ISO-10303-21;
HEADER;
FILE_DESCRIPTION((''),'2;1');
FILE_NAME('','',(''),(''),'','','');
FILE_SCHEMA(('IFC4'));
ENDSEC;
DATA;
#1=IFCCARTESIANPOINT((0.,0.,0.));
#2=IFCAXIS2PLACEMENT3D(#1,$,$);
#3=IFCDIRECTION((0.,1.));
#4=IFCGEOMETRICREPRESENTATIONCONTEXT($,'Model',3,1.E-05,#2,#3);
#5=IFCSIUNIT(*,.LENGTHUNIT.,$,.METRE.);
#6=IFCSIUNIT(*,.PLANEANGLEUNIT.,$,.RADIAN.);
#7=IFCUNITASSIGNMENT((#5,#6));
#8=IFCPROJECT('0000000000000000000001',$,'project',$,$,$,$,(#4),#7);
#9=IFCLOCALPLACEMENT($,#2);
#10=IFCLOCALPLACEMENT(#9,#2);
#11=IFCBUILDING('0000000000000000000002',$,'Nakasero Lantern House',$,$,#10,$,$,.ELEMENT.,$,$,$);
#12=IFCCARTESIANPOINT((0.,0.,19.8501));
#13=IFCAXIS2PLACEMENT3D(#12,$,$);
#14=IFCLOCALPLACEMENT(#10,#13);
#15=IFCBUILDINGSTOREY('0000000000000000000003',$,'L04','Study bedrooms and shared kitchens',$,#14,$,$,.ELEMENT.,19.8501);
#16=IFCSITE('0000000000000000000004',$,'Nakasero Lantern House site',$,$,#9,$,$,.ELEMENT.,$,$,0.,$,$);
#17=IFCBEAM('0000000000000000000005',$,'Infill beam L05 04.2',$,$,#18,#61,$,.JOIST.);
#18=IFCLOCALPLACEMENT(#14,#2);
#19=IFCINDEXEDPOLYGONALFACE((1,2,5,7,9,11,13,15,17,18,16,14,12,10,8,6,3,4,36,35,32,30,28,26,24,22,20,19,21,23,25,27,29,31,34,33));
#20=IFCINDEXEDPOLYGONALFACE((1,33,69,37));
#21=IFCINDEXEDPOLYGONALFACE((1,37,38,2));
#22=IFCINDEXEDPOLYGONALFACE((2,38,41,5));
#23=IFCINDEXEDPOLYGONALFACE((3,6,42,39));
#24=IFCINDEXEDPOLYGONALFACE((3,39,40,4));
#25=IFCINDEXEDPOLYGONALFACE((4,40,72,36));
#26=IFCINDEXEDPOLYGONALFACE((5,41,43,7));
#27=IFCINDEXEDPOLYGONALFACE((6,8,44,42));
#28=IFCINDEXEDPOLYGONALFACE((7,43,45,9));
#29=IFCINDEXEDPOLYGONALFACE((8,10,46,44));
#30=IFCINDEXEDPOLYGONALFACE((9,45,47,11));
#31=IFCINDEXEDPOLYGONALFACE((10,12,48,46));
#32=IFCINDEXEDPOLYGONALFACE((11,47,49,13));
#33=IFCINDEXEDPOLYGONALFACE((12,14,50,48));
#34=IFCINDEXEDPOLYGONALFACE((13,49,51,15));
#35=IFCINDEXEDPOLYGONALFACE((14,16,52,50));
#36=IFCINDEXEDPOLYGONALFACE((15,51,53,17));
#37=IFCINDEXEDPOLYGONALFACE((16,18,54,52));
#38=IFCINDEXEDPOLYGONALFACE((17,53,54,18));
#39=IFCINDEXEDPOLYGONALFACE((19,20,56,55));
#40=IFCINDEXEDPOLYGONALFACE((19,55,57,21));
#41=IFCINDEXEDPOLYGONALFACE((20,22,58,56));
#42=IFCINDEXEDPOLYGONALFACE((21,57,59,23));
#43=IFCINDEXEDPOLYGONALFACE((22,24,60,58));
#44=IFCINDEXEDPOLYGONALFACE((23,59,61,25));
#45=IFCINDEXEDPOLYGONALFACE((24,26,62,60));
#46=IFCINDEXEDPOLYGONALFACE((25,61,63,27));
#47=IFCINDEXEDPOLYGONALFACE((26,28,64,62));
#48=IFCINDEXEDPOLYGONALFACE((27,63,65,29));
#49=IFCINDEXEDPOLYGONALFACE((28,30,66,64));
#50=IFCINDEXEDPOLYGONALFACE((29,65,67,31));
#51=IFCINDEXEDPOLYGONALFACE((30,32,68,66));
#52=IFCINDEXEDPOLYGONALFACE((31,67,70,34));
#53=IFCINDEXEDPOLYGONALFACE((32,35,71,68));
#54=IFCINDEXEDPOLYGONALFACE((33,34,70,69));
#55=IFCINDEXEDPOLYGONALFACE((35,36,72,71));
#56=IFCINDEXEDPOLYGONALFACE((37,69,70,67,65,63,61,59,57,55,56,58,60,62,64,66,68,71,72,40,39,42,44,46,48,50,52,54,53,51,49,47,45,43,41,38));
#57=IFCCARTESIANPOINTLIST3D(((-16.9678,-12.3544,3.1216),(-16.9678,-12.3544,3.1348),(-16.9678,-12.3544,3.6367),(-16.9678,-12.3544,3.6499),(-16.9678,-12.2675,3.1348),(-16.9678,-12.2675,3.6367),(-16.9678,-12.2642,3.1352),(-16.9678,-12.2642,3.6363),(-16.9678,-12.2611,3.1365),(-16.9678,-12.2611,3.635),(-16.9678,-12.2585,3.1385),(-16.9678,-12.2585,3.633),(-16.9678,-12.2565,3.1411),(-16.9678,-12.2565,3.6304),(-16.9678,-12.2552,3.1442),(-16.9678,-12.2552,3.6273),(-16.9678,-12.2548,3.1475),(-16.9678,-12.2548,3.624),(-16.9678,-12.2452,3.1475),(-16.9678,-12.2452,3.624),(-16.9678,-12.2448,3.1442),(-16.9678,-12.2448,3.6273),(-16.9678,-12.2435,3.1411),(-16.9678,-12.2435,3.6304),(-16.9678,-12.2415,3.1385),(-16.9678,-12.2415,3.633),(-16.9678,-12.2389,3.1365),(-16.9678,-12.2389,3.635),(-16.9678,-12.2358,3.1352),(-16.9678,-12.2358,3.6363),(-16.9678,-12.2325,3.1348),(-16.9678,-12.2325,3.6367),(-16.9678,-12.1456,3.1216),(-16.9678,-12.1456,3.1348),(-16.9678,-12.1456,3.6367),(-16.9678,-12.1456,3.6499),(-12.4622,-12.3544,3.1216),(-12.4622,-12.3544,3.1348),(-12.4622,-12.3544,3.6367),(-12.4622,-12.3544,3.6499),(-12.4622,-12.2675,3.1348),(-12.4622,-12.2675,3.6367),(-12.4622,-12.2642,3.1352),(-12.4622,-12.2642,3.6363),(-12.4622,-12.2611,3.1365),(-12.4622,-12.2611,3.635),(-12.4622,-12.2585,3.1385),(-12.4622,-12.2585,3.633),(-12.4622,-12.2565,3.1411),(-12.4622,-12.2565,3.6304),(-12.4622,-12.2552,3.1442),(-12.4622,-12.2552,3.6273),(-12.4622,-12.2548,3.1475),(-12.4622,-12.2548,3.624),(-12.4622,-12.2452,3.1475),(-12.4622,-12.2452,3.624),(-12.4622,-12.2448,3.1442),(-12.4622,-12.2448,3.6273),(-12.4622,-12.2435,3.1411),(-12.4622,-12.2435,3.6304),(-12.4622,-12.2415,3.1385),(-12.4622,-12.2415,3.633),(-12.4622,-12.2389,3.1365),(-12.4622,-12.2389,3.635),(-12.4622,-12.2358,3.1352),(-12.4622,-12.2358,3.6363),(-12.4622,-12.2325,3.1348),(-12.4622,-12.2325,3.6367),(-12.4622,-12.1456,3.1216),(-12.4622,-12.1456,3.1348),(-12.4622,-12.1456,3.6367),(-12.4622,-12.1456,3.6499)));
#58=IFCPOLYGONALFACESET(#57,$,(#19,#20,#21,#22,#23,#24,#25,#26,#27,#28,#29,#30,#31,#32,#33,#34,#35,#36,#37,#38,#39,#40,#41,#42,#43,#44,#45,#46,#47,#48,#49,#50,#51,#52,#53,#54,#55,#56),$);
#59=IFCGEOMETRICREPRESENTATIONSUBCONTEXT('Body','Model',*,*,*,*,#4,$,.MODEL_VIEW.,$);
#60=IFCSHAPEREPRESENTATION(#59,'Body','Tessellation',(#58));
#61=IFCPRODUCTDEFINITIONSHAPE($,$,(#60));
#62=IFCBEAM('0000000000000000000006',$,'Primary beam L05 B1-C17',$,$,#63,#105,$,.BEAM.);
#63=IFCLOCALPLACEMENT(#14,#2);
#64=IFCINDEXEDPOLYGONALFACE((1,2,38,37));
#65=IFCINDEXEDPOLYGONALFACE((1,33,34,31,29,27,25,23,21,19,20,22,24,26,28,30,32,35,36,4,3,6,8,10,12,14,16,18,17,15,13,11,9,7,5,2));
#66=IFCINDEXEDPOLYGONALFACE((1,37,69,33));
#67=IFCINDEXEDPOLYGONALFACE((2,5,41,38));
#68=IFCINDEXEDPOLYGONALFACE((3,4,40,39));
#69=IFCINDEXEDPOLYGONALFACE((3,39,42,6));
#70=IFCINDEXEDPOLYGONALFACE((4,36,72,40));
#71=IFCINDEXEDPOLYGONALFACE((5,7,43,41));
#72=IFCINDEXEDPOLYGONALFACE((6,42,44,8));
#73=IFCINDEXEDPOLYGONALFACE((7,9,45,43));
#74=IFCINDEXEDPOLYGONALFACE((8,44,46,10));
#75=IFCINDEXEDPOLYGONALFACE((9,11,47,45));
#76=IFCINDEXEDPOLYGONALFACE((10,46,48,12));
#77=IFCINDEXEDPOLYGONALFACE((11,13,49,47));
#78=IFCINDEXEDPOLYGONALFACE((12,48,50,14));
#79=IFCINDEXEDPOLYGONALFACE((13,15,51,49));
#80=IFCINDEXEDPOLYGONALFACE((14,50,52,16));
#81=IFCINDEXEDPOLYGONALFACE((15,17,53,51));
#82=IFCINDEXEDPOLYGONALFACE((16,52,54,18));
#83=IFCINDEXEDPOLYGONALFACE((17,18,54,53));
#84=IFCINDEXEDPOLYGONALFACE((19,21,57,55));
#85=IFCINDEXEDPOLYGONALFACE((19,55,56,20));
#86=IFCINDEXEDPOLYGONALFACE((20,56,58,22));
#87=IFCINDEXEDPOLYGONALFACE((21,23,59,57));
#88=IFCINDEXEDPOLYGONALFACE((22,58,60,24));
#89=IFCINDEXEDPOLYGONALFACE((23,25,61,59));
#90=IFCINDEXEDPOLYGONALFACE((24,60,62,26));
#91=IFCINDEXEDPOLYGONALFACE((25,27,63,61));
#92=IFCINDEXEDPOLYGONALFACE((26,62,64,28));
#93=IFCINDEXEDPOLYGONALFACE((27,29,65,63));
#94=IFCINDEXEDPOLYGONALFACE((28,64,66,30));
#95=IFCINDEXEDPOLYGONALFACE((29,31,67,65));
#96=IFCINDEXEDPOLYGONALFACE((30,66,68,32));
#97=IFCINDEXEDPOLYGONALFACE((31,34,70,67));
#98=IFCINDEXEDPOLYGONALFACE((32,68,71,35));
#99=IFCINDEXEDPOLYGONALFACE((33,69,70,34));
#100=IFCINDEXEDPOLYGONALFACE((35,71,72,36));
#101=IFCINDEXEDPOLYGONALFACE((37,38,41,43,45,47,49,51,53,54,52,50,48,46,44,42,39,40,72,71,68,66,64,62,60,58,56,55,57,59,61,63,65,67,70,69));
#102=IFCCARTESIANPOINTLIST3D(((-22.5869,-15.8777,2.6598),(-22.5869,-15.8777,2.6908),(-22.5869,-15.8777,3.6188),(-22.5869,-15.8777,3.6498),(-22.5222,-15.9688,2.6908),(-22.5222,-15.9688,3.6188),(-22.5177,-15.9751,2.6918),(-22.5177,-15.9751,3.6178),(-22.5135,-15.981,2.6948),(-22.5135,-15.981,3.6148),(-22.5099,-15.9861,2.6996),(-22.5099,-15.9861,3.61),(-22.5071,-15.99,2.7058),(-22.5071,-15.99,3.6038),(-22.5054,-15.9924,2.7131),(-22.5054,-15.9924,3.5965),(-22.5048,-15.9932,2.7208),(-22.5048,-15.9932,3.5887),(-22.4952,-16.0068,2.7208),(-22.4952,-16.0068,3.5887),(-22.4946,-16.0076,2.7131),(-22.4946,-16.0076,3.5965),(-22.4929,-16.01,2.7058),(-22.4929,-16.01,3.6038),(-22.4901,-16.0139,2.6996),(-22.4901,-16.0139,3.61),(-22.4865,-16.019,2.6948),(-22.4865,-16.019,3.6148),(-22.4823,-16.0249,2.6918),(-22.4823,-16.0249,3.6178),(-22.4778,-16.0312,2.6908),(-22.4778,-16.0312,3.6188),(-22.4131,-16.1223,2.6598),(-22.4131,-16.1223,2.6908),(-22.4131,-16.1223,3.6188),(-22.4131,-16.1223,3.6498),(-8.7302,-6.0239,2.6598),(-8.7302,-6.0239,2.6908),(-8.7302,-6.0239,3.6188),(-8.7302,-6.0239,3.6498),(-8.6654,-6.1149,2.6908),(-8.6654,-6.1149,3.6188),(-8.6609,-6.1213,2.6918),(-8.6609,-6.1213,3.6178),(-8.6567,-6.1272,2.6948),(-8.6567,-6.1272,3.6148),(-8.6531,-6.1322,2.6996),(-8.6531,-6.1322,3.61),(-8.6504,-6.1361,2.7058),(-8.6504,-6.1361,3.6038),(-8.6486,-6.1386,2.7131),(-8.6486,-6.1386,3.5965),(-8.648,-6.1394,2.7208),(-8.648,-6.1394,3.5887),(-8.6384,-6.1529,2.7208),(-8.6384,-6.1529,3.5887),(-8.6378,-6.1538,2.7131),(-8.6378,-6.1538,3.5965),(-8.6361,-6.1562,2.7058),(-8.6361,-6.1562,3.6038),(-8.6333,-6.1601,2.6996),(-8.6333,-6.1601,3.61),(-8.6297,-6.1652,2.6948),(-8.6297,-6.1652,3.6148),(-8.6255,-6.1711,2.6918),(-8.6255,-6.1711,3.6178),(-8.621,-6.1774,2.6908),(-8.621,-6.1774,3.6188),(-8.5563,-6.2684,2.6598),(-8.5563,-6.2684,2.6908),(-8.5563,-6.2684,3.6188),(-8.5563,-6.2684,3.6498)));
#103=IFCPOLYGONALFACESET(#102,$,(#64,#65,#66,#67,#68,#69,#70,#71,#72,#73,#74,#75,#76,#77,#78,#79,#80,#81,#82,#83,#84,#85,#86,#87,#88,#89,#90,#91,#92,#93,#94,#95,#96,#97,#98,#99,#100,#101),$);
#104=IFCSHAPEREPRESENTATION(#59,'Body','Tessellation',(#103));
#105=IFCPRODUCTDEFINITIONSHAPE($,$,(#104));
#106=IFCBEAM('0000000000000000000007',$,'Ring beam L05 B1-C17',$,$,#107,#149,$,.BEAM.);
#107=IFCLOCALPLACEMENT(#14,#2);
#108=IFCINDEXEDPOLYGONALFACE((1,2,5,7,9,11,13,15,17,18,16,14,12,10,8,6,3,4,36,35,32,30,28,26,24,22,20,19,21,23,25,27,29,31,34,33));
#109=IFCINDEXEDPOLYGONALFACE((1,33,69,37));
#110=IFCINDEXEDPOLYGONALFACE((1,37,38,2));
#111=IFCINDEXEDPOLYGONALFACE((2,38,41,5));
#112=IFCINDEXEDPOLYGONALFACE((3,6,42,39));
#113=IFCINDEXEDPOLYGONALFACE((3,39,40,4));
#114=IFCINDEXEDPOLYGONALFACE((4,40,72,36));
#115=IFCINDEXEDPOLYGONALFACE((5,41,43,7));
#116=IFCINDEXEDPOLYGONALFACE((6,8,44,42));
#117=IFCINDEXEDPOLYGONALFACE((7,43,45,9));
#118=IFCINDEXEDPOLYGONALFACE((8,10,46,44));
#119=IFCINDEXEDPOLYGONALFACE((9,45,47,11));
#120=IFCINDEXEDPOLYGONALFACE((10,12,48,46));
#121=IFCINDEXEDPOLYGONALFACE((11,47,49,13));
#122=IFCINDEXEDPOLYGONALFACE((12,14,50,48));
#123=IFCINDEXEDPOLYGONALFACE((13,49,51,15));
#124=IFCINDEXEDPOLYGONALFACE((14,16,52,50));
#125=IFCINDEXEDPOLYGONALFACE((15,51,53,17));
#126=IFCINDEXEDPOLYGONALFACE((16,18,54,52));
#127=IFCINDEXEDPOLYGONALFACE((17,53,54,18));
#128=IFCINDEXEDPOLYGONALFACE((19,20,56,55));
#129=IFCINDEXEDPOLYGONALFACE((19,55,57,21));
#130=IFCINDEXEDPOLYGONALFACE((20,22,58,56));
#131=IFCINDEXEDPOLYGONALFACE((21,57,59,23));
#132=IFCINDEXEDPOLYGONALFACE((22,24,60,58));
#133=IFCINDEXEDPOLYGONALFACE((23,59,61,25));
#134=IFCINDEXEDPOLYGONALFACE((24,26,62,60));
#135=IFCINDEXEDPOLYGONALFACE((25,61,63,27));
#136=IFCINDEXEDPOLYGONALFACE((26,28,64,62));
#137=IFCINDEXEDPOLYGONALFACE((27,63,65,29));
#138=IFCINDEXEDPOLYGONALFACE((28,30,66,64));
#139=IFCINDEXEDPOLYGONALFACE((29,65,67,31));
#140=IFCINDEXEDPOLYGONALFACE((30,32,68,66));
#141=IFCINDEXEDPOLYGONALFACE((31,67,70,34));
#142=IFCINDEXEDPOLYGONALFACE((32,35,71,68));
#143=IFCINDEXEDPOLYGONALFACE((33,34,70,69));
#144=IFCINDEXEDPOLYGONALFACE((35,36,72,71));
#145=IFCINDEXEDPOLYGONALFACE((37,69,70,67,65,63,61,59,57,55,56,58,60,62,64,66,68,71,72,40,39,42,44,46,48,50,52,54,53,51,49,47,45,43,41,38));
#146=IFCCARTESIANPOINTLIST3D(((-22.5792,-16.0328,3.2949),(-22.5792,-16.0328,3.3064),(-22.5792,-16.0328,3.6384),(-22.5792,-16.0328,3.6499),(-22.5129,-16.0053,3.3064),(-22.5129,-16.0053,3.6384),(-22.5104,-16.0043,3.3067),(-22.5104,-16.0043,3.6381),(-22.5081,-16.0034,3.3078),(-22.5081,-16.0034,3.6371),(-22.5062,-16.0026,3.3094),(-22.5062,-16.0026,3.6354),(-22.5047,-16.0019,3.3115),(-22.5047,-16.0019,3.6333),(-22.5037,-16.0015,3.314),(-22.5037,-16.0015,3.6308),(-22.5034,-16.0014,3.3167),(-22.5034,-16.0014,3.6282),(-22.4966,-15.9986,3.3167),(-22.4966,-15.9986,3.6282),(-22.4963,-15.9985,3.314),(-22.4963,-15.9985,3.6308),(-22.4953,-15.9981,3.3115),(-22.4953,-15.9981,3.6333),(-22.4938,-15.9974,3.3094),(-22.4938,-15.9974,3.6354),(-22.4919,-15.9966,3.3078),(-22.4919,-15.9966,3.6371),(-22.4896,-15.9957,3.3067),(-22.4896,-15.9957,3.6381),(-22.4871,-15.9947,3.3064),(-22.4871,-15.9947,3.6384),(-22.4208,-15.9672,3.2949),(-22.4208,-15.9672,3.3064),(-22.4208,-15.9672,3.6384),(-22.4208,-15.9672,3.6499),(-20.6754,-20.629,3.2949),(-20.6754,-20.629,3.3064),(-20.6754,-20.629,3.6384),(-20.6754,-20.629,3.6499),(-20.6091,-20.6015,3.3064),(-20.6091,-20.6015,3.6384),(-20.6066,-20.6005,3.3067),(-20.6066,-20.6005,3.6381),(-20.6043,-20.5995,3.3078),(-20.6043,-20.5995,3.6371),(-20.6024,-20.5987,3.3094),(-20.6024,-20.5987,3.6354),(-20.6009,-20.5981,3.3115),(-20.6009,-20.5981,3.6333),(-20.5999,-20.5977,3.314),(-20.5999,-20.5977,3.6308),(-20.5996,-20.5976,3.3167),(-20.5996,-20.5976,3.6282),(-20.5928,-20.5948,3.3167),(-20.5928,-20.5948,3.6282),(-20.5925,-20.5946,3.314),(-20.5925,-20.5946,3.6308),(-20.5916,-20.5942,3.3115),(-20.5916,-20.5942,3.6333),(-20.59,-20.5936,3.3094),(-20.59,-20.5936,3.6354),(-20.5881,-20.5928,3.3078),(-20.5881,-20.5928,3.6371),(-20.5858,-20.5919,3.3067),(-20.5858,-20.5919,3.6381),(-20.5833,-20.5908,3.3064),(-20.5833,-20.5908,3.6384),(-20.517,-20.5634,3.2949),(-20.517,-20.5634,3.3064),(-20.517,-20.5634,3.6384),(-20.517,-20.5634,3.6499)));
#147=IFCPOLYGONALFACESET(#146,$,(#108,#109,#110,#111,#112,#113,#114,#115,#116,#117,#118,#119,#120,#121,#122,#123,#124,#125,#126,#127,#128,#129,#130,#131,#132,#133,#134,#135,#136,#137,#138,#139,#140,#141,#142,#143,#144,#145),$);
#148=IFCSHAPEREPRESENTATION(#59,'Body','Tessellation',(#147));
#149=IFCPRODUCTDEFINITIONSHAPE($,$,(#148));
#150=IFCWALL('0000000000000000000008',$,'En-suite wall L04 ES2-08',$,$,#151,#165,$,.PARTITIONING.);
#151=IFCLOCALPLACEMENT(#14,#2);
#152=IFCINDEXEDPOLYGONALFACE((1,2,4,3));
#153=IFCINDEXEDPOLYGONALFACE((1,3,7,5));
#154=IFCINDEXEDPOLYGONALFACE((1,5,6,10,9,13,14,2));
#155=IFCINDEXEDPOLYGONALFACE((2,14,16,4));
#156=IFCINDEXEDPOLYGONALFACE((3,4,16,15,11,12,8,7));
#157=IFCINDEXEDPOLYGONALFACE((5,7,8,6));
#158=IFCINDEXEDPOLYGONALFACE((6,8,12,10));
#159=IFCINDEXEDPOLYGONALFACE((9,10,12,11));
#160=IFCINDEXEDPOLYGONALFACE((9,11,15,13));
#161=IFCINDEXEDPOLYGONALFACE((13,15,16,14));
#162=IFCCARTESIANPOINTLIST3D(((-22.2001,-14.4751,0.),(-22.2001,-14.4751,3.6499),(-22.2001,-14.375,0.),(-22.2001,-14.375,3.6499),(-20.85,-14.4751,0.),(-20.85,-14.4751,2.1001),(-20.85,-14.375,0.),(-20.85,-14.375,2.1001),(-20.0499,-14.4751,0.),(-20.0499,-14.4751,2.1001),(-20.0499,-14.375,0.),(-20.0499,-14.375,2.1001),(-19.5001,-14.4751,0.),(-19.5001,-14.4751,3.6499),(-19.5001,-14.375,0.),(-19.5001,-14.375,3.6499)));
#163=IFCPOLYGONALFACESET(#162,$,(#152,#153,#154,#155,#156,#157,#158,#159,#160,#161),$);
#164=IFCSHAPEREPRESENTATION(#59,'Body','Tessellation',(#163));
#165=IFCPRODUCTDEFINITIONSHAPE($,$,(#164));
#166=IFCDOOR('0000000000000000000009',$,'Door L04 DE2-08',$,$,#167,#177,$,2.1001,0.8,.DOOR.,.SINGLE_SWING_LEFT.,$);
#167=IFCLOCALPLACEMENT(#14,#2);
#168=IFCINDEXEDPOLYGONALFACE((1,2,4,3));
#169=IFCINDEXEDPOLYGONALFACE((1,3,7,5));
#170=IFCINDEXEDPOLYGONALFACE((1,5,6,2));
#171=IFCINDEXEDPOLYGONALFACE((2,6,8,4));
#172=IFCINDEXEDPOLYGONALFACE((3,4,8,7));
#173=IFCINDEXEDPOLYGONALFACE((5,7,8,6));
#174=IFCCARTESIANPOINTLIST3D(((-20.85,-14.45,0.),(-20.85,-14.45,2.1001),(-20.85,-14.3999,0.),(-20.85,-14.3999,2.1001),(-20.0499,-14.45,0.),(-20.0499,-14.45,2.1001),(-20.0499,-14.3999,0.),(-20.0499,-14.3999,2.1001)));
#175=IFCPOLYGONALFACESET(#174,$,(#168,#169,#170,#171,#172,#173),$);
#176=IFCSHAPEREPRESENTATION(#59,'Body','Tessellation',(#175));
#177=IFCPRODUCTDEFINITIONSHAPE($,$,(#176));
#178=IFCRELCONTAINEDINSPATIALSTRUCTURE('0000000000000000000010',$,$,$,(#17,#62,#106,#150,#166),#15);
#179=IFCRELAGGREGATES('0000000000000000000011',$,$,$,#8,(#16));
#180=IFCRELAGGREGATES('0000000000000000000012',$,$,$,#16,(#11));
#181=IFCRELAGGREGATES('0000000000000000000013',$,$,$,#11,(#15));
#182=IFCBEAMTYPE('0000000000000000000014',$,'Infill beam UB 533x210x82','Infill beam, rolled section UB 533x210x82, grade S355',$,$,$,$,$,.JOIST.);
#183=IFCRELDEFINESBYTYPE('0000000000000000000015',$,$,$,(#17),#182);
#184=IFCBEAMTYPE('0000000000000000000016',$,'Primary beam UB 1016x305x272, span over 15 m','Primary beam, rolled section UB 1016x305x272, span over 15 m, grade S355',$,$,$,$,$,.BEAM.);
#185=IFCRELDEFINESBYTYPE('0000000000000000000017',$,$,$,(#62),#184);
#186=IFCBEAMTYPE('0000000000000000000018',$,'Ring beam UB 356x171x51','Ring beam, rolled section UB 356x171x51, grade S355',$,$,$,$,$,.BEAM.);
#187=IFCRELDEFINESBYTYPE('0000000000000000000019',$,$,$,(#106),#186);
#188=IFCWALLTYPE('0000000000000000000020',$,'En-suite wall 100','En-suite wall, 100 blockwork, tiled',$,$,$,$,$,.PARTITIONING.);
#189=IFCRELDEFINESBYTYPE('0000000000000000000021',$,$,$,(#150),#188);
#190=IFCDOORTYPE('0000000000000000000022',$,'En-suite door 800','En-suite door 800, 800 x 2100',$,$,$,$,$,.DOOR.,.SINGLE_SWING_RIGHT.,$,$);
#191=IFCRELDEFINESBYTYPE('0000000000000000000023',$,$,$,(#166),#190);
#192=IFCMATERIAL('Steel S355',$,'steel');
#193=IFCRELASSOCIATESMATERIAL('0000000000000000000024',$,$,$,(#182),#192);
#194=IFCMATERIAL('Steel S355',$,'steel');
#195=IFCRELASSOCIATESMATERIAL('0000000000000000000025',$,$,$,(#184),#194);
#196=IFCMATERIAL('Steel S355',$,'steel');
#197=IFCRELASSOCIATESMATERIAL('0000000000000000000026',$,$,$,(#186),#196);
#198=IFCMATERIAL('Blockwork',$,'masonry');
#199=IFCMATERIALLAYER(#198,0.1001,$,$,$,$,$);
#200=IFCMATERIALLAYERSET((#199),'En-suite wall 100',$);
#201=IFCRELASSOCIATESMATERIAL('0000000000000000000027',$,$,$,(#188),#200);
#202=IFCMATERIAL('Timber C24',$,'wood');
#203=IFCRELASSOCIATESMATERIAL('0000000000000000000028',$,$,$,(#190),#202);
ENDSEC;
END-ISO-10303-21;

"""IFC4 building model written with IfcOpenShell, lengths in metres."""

from ifc_helpers import new_model, si_unit, direction, frame, frame_2d, origin, origin_2d, place, context, subcontext, project, spatial, rectangle, i_section, extrude, material, layer, layer_set, material_profile, profile_set, type_object, element, fill, save


model = new_model("IFC4")

# Units and contexts
model_context = context("Model", 3, precision=1e-05, world=origin(), true_north=direction((0.0, 1.0)))
body_context = subcontext(model_context, "Body", "Model", "MODEL_VIEW")
ifc_project = project(units=[si_unit("LENGTHUNIT", "METRE"), si_unit("PLANEANGLEUNIT", "RADIAN")], contexts=[model_context])

# Site, building, storey
site_placement = place(None, origin())
site = spatial("IfcSite", under=ifc_project, at=site_placement, Name="Nakasero Lantern House site", CompositionType="ELEMENT", RefElevation=0.0)
building_placement = place(site_placement, origin())
building = spatial("IfcBuilding", under=site, at=building_placement, Name="Nakasero Lantern House", CompositionType="ELEMENT")
storey_placement = place(building_placement, frame((0.0, 0.0, 19.8501)))
storey = spatial("IfcBuildingStorey", under=building, at=storey_placement, Name="L04", Description="Study bedrooms and shared kitchens", CompositionType="ELEMENT", Elevation=19.8501)

# Beams
ifc_material_1 = material(Name="Steel S355", Category="steel")
ifc_material_profile_1 = material_profile(ifc_material_1, i_section(OverallWidth=0.2087, OverallDepth=0.5283, WebThickness=0.0095, FlangeThickness=0.0132, FilletRadius=0.0127, at=origin_2d()), Name="UB 533x210x82")
ifc_profile_set_1 = profile_set([ifc_material_profile_1], Name="Steel S355")
beam_type_1 = type_object("IfcBeamType", Name="Infill beam UB 533x210x82", Description="Infill beam, rolled section UB 533x210x82, grade S355", PredefinedType="JOIST", material=ifc_profile_set_1)
beam_1_placement = place(storey_placement, frame((-16.9678, -12.25, 3.3857), z_axis=(1.0, 0.0, 0.0), x_axis=(0.0, 1.0, 0.0)))
element("IfcBeam", 1, at=beam_1_placement, inside=storey, type_object=beam_type_1, Name="Infill beam L05 04.2", PredefinedType="JOIST", context=body_context, shape_type="SweptSolid", body=[
    extrude(i_section(OverallWidth=0.2087, OverallDepth=0.5283, WebThickness=0.0095, FlangeThickness=0.0132, FilletRadius=0.0127, at=origin_2d()), origin(), (0.0, 0.0, 1.0), 4.5056),
])
ifc_material_2 = material(Name="Steel S355", Category="steel")
ifc_material_profile_2 = material_profile(ifc_material_2, i_section(OverallWidth=0.3, OverallDepth=0.99, WebThickness=0.0166, FlangeThickness=0.031, FilletRadius=0.03, at=origin_2d()), Name="UB 1016x305x272")
ifc_profile_set_2 = profile_set([ifc_material_profile_2], Name="Steel S355")
beam_type_2 = type_object("IfcBeamType", Name="Primary beam UB 1016x305x272, span over 15 m", Description="Primary beam, rolled section UB 1016x305x272, span over 15 m, grade S355", PredefinedType="BEAM", material=ifc_profile_set_2)
beam_2_placement = place(storey_placement, frame((-22.5, -16.0, 3.1548), z_axis=(0.814952, 0.579528, 0.0), x_axis=(-0.579528, 0.814952, 0.0)))
element("IfcBeam", 2, at=beam_2_placement, inside=storey, type_object=beam_type_2, Name="Primary beam L05 B1-C17", PredefinedType="BEAM", context=body_context, shape_type="SweptSolid", body=[
    extrude(i_section(OverallWidth=0.3, OverallDepth=0.99, WebThickness=0.0166, FlangeThickness=0.031, FilletRadius=0.03, at=origin_2d()), origin(), (0.0, 0.0, 1.0), 17.0032),
])
ifc_material_3 = material(Name="Steel S355", Category="steel")
ifc_material_profile_3 = material_profile(ifc_material_3, i_section(OverallWidth=0.1714, OverallDepth=0.355, WebThickness=0.0073, FlangeThickness=0.0115, FilletRadius=0.0103, at=origin_2d()), Name="UB 356x171x51")
ifc_profile_set_3 = profile_set([ifc_material_profile_3], Name="Steel S355")
beam_type_3 = type_object("IfcBeamType", Name="Ring beam UB 356x171x51", Description="Ring beam, rolled section UB 356x171x51, grade S355", PredefinedType="BEAM", material=ifc_profile_set_3)
beam_3_placement = place(storey_placement, frame((-22.5, -16.0, 3.4724), z_axis=(0.382684, -0.923879, 0.0), x_axis=(0.923879, 0.382684, 0.0)))
element("IfcBeam", 3, at=beam_3_placement, inside=storey, type_object=beam_type_3, Name="Ring beam L05 B1-C17", PredefinedType="BEAM", context=body_context, shape_type="SweptSolid", body=[
    extrude(i_section(OverallWidth=0.1714, OverallDepth=0.355, WebThickness=0.0073, FlangeThickness=0.0115, FilletRadius=0.0103, at=origin_2d()), origin(), (0.0, 0.0, 1.0), 4.9749),
])

# Wall, opening, door
ifc_material_4 = material(Name="Blockwork", Category="masonry")
ifc_layer_1 = layer(ifc_material_4, 0.1001)
ifc_layer_set_1 = layer_set([ifc_layer_1], Name="En-suite wall 100")
wall_type_1 = type_object("IfcWallType", Name="En-suite wall 100", Description="En-suite wall, 100 blockwork, tiled", PredefinedType="PARTITIONING", material=ifc_layer_set_1)
wall_1_placement = place(storey_placement, frame((-19.5, -14.425, 0.0), z_axis=(0.0, 0.0, 1.0), x_axis=(-1.0, 0.0, 0.0)))
wall_1 = element("IfcWall", 4, at=wall_1_placement, inside=storey, type_object=wall_type_1, Name="En-suite wall L04 ES2-08", PredefinedType="PARTITIONING", context=body_context, shape_type="SweptSolid", body=[
    extrude(rectangle(XDim=2.7, YDim=0.1001, at=frame_2d((1.3501, 0.0))), origin(), (0.0, 0.0, 1.0), 3.6499),
])
opening_1_placement = place(wall_1_placement, frame((0.55, 0.0, 0.0)))
opening_1 = element("IfcOpeningElement", 5, at=opening_1_placement, cuts=wall_1, PredefinedType="OPENING", context=body_context, shape_type="SweptSolid", body=[
    extrude(rectangle(XDim=0.8, YDim=2.1001, at=frame_2d((0.3999, 1.05))), frame((0.0, 0.0701, 0.0), z_axis=(0.0, -1.0, 0.0), x_axis=(1.0, 0.0, 0.0)), (0.0, 0.0, 1.0), 0.1401),
])
ifc_material_5 = material(Name="Timber C24", Category="wood")
door_type_1 = type_object("IfcDoorType", Name="En-suite door 800", Description="En-suite door 800, 800 x 2100", OperationType="SINGLE_SWING_RIGHT", PredefinedType="DOOR", material=ifc_material_5)
door_1_placement = place(opening_1_placement, origin())
door_1 = element("IfcDoor", 6, at=door_1_placement, inside=storey, type_object=door_type_1, Name="Door L04 DE2-08", OperationType="SINGLE_SWING_LEFT", OverallHeight=2.1001, OverallWidth=0.8, PredefinedType="DOOR", context=body_context, shape_type="SweptSolid", body=[
    extrude(rectangle(XDim=0.8, YDim=2.1001, at=frame_2d((0.3999, 1.05))), frame((0.0, 0.0249, 0.0), z_axis=(0.0, -1.0, 0.0), x_axis=(1.0, 0.0, 0.0)), (0.0, 0.0, 1.0), 0.05),
])
fill(opening_1, door_1)

save(model, "model.ifc")
